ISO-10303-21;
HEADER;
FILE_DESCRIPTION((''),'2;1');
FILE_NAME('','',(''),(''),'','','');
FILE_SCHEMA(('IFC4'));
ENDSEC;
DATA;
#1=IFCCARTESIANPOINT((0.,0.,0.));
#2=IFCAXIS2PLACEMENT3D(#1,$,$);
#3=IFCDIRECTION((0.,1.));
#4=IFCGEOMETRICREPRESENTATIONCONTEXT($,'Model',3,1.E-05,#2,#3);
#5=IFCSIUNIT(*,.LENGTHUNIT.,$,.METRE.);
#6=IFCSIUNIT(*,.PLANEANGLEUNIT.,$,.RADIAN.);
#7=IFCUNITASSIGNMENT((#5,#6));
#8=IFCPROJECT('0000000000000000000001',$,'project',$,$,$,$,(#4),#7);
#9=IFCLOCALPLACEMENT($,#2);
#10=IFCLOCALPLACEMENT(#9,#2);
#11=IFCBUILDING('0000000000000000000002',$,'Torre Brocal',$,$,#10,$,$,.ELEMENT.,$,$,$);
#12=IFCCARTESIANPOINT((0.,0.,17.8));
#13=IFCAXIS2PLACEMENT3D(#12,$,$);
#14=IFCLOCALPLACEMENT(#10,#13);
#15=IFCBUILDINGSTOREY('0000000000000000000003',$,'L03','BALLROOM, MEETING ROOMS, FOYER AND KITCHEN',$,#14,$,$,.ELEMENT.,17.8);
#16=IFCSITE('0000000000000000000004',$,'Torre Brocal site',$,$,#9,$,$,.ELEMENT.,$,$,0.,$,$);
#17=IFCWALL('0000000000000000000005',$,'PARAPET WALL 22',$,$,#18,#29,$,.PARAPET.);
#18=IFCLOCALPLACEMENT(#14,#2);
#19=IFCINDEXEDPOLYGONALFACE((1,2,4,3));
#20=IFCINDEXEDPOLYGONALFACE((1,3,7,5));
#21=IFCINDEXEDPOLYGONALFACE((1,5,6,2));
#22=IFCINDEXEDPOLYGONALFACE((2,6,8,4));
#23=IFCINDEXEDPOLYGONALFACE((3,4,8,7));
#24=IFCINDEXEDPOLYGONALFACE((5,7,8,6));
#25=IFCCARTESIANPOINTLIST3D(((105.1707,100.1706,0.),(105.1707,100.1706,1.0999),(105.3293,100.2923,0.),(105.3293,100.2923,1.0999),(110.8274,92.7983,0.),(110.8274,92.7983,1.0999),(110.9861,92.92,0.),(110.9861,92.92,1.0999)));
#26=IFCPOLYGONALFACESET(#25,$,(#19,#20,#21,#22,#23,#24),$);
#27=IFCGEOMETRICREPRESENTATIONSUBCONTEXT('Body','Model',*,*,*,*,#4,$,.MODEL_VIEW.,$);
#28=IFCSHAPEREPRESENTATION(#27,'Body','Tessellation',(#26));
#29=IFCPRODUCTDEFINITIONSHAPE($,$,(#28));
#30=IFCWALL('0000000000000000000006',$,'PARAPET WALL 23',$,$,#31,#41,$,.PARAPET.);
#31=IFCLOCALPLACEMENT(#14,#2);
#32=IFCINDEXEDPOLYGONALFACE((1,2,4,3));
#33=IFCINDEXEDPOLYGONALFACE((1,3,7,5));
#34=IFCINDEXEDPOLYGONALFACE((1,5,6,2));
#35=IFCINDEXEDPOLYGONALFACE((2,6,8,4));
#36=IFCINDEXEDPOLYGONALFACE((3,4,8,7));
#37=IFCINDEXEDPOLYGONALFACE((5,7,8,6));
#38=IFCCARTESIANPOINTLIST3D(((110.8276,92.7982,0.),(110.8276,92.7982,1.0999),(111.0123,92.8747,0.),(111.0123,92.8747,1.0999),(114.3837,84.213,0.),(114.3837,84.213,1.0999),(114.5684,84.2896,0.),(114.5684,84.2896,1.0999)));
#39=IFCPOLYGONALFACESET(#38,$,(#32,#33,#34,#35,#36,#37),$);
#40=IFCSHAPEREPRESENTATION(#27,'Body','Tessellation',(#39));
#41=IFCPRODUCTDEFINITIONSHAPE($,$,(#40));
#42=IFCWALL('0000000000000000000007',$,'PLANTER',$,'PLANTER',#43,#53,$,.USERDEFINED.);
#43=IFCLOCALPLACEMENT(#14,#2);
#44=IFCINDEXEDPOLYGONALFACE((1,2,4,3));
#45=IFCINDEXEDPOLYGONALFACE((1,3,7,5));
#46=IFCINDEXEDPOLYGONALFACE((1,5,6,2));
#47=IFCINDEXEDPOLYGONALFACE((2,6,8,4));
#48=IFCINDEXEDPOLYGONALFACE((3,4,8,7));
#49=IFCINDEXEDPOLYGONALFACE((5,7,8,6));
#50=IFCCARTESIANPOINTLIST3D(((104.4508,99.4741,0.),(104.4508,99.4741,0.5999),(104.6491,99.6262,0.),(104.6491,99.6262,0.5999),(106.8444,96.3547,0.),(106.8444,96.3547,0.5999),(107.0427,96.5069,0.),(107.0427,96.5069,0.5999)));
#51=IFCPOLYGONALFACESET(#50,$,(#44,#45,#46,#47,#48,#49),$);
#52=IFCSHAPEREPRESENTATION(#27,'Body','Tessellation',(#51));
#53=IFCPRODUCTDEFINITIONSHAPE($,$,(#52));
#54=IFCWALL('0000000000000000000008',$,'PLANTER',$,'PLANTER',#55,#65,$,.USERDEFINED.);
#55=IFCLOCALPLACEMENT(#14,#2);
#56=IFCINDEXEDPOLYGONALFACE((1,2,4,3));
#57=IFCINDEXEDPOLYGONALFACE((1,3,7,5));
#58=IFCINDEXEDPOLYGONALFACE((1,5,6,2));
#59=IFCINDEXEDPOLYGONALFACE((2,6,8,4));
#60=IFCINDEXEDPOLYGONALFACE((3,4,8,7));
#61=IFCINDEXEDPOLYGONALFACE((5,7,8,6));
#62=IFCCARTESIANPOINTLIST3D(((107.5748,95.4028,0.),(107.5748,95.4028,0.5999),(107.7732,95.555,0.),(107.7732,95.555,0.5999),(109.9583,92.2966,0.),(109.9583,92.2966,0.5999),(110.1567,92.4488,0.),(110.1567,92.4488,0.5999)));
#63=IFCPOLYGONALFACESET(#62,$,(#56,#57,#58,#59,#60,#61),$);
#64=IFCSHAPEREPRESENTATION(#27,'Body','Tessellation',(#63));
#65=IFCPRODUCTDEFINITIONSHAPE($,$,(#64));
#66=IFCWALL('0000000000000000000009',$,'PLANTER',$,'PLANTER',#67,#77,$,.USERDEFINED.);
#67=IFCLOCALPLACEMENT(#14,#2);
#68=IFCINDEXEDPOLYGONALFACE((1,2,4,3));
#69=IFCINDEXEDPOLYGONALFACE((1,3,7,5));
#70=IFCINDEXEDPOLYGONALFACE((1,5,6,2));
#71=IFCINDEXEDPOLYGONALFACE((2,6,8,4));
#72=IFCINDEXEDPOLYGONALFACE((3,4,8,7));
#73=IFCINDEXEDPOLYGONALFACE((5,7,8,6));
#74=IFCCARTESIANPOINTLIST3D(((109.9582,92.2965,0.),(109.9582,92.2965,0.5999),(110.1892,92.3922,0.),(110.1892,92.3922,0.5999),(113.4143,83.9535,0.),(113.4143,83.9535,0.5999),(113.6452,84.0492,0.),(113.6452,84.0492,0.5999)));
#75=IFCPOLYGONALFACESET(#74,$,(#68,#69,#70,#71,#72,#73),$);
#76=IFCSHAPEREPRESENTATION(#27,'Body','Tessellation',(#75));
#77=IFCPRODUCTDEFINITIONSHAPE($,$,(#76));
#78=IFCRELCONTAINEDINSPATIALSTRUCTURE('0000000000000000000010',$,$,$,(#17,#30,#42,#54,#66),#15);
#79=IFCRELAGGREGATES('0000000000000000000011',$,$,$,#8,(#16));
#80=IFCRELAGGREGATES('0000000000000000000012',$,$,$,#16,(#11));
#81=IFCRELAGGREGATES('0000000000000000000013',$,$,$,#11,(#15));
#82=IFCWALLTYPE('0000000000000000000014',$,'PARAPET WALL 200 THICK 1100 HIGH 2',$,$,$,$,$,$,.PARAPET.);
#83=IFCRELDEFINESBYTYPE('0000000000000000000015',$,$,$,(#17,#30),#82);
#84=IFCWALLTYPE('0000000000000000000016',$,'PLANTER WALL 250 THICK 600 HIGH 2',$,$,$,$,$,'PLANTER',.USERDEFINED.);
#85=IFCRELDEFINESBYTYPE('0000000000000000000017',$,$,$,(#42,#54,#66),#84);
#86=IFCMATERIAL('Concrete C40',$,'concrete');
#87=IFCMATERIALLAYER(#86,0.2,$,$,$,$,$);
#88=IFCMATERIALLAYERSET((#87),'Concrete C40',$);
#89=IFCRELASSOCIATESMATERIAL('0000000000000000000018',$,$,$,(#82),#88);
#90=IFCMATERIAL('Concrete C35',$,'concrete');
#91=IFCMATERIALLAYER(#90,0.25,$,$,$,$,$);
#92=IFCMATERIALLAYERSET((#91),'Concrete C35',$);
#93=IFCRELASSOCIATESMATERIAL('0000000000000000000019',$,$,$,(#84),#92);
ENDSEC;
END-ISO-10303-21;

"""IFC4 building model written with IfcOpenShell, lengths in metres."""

from ifc_helpers import new_model, si_unit, direction, frame, frame_2d, origin, place, context, subcontext, project, spatial, rectangle, extrude, material, layer, layer_set, type_object, element, save


model = new_model("IFC4")

# Units and contexts
model_context = context("Model", 3, precision=1e-05, world=origin(), true_north=direction((0.0, 1.0)))
body_context = subcontext(model_context, "Body", "Model", "MODEL_VIEW")
ifc_project = project(units=[si_unit("LENGTHUNIT", "METRE"), si_unit("PLANEANGLEUNIT", "RADIAN")], contexts=[model_context])

# Site, building, storey
site_placement = place(None, origin())
site = spatial("IfcSite", under=ifc_project, at=site_placement, Name="Torre Brocal site", CompositionType="ELEMENT", RefElevation=0.0)
building_placement = place(site_placement, origin())
building = spatial("IfcBuilding", under=site, at=building_placement, Name="Torre Brocal", CompositionType="ELEMENT")
storey_placement = place(building_placement, frame((0.0, 0.0, 17.8)))
storey = spatial("IfcBuildingStorey", under=building, at=storey_placement, Name="L03", Description="BALLROOM, MEETING ROOMS, FOYER AND KITCHEN", CompositionType="ELEMENT", Elevation=17.8)

# Walls
ifc_material_1 = material(Name="Concrete C40", Category="concrete")
ifc_layer_1 = layer(ifc_material_1, 0.2)
ifc_layer_set_1 = layer_set([ifc_layer_1], Name="Concrete C40")
wall_type_1 = type_object("IfcWallType", Name="PARAPET WALL 200 THICK 1100 HIGH 2", PredefinedType="PARAPET", material=ifc_layer_set_1)
for number, where, z_axis, x_axis, name in (
    (1, (105.25, 100.2314, 0.0), (0.0, 0.0, 1.0), (0.608745, -0.793366, 0.0), "PARAPET WALL 22"),
    (2, (110.9199, 92.8364, 0.0), (0.0, 0.0, 1.0), (0.382687, -0.923878, 0.0), "PARAPET WALL 23"),
):
    element("IfcWall", number, at=place(storey_placement, frame(where, z_axis=z_axis, x_axis=x_axis)), inside=storey, type_object=wall_type_1, Name=name, PredefinedType="PARAPET", context=body_context, shape_type="SweptSolid", body=[
        extrude(rectangle(XDim=9.2925, YDim=0.2, at=frame_2d((4.6462, 0.0))), origin(), (0.0, 0.0, 1.0), 1.0999),
    ])
ifc_material_2 = material(Name="Concrete C35", Category="concrete")
ifc_layer_2 = layer(ifc_material_2, 0.25)
ifc_layer_set_2 = layer_set([ifc_layer_2], Name="Concrete C35")
wall_type_2 = type_object("IfcWallType", Name="PLANTER WALL 250 THICK 600 HIGH 2", ElementType="PLANTER", PredefinedType="USERDEFINED", material=ifc_layer_set_2)
wall_1_placement = place(storey_placement, frame((104.55, 99.55, 0.0), z_axis=(0.0, 0.0, 1.0), x_axis=(0.608756, -0.793357, 0.0)))
element("IfcWall", 3, at=wall_1_placement, inside=storey, type_object=wall_type_2, Name="PLANTER", ObjectType="PLANTER", PredefinedType="USERDEFINED", context=body_context, shape_type="SweptSolid", body=[
    extrude(rectangle(XDim=3.9319, YDim=0.25, at=frame_2d((1.9658, 0.0))), origin(), (0.0, 0.0, 1.0), 0.5999),
])
wall_2_placement = place(storey_placement, frame((107.6741, 95.4788, 0.0), z_axis=(0.0, 0.0, 1.0), x_axis=(0.608773, -0.793344, 0.0)))
element("IfcWall", 4, at=wall_2_placement, inside=storey, type_object=wall_type_2, Name="PLANTER", ObjectType="PLANTER", PredefinedType="USERDEFINED", context=body_context, shape_type="SweptSolid", body=[
    extrude(rectangle(XDim=3.9153, YDim=0.25, at=frame_2d((1.9575, 0.0))), origin(), (0.0, 0.0, 1.0), 0.5999),
])
wall_3_placement = place(storey_placement, frame((110.0737, 92.3442, 0.0), z_axis=(0.0, 0.0, 1.0), x_axis=(0.382708, -0.923869, 0.0)))
element("IfcWall", 5, at=wall_3_placement, inside=storey, type_object=wall_type_2, Name="PLANTER", ObjectType="PLANTER", PredefinedType="USERDEFINED", context=body_context, shape_type="SweptSolid", body=[
    extrude(rectangle(XDim=9.0305, YDim=0.25, at=frame_2d((4.5151, 0.0))), origin(), (0.0, 0.0, 1.0), 0.5999),
])

save(model, "model.ifc")
